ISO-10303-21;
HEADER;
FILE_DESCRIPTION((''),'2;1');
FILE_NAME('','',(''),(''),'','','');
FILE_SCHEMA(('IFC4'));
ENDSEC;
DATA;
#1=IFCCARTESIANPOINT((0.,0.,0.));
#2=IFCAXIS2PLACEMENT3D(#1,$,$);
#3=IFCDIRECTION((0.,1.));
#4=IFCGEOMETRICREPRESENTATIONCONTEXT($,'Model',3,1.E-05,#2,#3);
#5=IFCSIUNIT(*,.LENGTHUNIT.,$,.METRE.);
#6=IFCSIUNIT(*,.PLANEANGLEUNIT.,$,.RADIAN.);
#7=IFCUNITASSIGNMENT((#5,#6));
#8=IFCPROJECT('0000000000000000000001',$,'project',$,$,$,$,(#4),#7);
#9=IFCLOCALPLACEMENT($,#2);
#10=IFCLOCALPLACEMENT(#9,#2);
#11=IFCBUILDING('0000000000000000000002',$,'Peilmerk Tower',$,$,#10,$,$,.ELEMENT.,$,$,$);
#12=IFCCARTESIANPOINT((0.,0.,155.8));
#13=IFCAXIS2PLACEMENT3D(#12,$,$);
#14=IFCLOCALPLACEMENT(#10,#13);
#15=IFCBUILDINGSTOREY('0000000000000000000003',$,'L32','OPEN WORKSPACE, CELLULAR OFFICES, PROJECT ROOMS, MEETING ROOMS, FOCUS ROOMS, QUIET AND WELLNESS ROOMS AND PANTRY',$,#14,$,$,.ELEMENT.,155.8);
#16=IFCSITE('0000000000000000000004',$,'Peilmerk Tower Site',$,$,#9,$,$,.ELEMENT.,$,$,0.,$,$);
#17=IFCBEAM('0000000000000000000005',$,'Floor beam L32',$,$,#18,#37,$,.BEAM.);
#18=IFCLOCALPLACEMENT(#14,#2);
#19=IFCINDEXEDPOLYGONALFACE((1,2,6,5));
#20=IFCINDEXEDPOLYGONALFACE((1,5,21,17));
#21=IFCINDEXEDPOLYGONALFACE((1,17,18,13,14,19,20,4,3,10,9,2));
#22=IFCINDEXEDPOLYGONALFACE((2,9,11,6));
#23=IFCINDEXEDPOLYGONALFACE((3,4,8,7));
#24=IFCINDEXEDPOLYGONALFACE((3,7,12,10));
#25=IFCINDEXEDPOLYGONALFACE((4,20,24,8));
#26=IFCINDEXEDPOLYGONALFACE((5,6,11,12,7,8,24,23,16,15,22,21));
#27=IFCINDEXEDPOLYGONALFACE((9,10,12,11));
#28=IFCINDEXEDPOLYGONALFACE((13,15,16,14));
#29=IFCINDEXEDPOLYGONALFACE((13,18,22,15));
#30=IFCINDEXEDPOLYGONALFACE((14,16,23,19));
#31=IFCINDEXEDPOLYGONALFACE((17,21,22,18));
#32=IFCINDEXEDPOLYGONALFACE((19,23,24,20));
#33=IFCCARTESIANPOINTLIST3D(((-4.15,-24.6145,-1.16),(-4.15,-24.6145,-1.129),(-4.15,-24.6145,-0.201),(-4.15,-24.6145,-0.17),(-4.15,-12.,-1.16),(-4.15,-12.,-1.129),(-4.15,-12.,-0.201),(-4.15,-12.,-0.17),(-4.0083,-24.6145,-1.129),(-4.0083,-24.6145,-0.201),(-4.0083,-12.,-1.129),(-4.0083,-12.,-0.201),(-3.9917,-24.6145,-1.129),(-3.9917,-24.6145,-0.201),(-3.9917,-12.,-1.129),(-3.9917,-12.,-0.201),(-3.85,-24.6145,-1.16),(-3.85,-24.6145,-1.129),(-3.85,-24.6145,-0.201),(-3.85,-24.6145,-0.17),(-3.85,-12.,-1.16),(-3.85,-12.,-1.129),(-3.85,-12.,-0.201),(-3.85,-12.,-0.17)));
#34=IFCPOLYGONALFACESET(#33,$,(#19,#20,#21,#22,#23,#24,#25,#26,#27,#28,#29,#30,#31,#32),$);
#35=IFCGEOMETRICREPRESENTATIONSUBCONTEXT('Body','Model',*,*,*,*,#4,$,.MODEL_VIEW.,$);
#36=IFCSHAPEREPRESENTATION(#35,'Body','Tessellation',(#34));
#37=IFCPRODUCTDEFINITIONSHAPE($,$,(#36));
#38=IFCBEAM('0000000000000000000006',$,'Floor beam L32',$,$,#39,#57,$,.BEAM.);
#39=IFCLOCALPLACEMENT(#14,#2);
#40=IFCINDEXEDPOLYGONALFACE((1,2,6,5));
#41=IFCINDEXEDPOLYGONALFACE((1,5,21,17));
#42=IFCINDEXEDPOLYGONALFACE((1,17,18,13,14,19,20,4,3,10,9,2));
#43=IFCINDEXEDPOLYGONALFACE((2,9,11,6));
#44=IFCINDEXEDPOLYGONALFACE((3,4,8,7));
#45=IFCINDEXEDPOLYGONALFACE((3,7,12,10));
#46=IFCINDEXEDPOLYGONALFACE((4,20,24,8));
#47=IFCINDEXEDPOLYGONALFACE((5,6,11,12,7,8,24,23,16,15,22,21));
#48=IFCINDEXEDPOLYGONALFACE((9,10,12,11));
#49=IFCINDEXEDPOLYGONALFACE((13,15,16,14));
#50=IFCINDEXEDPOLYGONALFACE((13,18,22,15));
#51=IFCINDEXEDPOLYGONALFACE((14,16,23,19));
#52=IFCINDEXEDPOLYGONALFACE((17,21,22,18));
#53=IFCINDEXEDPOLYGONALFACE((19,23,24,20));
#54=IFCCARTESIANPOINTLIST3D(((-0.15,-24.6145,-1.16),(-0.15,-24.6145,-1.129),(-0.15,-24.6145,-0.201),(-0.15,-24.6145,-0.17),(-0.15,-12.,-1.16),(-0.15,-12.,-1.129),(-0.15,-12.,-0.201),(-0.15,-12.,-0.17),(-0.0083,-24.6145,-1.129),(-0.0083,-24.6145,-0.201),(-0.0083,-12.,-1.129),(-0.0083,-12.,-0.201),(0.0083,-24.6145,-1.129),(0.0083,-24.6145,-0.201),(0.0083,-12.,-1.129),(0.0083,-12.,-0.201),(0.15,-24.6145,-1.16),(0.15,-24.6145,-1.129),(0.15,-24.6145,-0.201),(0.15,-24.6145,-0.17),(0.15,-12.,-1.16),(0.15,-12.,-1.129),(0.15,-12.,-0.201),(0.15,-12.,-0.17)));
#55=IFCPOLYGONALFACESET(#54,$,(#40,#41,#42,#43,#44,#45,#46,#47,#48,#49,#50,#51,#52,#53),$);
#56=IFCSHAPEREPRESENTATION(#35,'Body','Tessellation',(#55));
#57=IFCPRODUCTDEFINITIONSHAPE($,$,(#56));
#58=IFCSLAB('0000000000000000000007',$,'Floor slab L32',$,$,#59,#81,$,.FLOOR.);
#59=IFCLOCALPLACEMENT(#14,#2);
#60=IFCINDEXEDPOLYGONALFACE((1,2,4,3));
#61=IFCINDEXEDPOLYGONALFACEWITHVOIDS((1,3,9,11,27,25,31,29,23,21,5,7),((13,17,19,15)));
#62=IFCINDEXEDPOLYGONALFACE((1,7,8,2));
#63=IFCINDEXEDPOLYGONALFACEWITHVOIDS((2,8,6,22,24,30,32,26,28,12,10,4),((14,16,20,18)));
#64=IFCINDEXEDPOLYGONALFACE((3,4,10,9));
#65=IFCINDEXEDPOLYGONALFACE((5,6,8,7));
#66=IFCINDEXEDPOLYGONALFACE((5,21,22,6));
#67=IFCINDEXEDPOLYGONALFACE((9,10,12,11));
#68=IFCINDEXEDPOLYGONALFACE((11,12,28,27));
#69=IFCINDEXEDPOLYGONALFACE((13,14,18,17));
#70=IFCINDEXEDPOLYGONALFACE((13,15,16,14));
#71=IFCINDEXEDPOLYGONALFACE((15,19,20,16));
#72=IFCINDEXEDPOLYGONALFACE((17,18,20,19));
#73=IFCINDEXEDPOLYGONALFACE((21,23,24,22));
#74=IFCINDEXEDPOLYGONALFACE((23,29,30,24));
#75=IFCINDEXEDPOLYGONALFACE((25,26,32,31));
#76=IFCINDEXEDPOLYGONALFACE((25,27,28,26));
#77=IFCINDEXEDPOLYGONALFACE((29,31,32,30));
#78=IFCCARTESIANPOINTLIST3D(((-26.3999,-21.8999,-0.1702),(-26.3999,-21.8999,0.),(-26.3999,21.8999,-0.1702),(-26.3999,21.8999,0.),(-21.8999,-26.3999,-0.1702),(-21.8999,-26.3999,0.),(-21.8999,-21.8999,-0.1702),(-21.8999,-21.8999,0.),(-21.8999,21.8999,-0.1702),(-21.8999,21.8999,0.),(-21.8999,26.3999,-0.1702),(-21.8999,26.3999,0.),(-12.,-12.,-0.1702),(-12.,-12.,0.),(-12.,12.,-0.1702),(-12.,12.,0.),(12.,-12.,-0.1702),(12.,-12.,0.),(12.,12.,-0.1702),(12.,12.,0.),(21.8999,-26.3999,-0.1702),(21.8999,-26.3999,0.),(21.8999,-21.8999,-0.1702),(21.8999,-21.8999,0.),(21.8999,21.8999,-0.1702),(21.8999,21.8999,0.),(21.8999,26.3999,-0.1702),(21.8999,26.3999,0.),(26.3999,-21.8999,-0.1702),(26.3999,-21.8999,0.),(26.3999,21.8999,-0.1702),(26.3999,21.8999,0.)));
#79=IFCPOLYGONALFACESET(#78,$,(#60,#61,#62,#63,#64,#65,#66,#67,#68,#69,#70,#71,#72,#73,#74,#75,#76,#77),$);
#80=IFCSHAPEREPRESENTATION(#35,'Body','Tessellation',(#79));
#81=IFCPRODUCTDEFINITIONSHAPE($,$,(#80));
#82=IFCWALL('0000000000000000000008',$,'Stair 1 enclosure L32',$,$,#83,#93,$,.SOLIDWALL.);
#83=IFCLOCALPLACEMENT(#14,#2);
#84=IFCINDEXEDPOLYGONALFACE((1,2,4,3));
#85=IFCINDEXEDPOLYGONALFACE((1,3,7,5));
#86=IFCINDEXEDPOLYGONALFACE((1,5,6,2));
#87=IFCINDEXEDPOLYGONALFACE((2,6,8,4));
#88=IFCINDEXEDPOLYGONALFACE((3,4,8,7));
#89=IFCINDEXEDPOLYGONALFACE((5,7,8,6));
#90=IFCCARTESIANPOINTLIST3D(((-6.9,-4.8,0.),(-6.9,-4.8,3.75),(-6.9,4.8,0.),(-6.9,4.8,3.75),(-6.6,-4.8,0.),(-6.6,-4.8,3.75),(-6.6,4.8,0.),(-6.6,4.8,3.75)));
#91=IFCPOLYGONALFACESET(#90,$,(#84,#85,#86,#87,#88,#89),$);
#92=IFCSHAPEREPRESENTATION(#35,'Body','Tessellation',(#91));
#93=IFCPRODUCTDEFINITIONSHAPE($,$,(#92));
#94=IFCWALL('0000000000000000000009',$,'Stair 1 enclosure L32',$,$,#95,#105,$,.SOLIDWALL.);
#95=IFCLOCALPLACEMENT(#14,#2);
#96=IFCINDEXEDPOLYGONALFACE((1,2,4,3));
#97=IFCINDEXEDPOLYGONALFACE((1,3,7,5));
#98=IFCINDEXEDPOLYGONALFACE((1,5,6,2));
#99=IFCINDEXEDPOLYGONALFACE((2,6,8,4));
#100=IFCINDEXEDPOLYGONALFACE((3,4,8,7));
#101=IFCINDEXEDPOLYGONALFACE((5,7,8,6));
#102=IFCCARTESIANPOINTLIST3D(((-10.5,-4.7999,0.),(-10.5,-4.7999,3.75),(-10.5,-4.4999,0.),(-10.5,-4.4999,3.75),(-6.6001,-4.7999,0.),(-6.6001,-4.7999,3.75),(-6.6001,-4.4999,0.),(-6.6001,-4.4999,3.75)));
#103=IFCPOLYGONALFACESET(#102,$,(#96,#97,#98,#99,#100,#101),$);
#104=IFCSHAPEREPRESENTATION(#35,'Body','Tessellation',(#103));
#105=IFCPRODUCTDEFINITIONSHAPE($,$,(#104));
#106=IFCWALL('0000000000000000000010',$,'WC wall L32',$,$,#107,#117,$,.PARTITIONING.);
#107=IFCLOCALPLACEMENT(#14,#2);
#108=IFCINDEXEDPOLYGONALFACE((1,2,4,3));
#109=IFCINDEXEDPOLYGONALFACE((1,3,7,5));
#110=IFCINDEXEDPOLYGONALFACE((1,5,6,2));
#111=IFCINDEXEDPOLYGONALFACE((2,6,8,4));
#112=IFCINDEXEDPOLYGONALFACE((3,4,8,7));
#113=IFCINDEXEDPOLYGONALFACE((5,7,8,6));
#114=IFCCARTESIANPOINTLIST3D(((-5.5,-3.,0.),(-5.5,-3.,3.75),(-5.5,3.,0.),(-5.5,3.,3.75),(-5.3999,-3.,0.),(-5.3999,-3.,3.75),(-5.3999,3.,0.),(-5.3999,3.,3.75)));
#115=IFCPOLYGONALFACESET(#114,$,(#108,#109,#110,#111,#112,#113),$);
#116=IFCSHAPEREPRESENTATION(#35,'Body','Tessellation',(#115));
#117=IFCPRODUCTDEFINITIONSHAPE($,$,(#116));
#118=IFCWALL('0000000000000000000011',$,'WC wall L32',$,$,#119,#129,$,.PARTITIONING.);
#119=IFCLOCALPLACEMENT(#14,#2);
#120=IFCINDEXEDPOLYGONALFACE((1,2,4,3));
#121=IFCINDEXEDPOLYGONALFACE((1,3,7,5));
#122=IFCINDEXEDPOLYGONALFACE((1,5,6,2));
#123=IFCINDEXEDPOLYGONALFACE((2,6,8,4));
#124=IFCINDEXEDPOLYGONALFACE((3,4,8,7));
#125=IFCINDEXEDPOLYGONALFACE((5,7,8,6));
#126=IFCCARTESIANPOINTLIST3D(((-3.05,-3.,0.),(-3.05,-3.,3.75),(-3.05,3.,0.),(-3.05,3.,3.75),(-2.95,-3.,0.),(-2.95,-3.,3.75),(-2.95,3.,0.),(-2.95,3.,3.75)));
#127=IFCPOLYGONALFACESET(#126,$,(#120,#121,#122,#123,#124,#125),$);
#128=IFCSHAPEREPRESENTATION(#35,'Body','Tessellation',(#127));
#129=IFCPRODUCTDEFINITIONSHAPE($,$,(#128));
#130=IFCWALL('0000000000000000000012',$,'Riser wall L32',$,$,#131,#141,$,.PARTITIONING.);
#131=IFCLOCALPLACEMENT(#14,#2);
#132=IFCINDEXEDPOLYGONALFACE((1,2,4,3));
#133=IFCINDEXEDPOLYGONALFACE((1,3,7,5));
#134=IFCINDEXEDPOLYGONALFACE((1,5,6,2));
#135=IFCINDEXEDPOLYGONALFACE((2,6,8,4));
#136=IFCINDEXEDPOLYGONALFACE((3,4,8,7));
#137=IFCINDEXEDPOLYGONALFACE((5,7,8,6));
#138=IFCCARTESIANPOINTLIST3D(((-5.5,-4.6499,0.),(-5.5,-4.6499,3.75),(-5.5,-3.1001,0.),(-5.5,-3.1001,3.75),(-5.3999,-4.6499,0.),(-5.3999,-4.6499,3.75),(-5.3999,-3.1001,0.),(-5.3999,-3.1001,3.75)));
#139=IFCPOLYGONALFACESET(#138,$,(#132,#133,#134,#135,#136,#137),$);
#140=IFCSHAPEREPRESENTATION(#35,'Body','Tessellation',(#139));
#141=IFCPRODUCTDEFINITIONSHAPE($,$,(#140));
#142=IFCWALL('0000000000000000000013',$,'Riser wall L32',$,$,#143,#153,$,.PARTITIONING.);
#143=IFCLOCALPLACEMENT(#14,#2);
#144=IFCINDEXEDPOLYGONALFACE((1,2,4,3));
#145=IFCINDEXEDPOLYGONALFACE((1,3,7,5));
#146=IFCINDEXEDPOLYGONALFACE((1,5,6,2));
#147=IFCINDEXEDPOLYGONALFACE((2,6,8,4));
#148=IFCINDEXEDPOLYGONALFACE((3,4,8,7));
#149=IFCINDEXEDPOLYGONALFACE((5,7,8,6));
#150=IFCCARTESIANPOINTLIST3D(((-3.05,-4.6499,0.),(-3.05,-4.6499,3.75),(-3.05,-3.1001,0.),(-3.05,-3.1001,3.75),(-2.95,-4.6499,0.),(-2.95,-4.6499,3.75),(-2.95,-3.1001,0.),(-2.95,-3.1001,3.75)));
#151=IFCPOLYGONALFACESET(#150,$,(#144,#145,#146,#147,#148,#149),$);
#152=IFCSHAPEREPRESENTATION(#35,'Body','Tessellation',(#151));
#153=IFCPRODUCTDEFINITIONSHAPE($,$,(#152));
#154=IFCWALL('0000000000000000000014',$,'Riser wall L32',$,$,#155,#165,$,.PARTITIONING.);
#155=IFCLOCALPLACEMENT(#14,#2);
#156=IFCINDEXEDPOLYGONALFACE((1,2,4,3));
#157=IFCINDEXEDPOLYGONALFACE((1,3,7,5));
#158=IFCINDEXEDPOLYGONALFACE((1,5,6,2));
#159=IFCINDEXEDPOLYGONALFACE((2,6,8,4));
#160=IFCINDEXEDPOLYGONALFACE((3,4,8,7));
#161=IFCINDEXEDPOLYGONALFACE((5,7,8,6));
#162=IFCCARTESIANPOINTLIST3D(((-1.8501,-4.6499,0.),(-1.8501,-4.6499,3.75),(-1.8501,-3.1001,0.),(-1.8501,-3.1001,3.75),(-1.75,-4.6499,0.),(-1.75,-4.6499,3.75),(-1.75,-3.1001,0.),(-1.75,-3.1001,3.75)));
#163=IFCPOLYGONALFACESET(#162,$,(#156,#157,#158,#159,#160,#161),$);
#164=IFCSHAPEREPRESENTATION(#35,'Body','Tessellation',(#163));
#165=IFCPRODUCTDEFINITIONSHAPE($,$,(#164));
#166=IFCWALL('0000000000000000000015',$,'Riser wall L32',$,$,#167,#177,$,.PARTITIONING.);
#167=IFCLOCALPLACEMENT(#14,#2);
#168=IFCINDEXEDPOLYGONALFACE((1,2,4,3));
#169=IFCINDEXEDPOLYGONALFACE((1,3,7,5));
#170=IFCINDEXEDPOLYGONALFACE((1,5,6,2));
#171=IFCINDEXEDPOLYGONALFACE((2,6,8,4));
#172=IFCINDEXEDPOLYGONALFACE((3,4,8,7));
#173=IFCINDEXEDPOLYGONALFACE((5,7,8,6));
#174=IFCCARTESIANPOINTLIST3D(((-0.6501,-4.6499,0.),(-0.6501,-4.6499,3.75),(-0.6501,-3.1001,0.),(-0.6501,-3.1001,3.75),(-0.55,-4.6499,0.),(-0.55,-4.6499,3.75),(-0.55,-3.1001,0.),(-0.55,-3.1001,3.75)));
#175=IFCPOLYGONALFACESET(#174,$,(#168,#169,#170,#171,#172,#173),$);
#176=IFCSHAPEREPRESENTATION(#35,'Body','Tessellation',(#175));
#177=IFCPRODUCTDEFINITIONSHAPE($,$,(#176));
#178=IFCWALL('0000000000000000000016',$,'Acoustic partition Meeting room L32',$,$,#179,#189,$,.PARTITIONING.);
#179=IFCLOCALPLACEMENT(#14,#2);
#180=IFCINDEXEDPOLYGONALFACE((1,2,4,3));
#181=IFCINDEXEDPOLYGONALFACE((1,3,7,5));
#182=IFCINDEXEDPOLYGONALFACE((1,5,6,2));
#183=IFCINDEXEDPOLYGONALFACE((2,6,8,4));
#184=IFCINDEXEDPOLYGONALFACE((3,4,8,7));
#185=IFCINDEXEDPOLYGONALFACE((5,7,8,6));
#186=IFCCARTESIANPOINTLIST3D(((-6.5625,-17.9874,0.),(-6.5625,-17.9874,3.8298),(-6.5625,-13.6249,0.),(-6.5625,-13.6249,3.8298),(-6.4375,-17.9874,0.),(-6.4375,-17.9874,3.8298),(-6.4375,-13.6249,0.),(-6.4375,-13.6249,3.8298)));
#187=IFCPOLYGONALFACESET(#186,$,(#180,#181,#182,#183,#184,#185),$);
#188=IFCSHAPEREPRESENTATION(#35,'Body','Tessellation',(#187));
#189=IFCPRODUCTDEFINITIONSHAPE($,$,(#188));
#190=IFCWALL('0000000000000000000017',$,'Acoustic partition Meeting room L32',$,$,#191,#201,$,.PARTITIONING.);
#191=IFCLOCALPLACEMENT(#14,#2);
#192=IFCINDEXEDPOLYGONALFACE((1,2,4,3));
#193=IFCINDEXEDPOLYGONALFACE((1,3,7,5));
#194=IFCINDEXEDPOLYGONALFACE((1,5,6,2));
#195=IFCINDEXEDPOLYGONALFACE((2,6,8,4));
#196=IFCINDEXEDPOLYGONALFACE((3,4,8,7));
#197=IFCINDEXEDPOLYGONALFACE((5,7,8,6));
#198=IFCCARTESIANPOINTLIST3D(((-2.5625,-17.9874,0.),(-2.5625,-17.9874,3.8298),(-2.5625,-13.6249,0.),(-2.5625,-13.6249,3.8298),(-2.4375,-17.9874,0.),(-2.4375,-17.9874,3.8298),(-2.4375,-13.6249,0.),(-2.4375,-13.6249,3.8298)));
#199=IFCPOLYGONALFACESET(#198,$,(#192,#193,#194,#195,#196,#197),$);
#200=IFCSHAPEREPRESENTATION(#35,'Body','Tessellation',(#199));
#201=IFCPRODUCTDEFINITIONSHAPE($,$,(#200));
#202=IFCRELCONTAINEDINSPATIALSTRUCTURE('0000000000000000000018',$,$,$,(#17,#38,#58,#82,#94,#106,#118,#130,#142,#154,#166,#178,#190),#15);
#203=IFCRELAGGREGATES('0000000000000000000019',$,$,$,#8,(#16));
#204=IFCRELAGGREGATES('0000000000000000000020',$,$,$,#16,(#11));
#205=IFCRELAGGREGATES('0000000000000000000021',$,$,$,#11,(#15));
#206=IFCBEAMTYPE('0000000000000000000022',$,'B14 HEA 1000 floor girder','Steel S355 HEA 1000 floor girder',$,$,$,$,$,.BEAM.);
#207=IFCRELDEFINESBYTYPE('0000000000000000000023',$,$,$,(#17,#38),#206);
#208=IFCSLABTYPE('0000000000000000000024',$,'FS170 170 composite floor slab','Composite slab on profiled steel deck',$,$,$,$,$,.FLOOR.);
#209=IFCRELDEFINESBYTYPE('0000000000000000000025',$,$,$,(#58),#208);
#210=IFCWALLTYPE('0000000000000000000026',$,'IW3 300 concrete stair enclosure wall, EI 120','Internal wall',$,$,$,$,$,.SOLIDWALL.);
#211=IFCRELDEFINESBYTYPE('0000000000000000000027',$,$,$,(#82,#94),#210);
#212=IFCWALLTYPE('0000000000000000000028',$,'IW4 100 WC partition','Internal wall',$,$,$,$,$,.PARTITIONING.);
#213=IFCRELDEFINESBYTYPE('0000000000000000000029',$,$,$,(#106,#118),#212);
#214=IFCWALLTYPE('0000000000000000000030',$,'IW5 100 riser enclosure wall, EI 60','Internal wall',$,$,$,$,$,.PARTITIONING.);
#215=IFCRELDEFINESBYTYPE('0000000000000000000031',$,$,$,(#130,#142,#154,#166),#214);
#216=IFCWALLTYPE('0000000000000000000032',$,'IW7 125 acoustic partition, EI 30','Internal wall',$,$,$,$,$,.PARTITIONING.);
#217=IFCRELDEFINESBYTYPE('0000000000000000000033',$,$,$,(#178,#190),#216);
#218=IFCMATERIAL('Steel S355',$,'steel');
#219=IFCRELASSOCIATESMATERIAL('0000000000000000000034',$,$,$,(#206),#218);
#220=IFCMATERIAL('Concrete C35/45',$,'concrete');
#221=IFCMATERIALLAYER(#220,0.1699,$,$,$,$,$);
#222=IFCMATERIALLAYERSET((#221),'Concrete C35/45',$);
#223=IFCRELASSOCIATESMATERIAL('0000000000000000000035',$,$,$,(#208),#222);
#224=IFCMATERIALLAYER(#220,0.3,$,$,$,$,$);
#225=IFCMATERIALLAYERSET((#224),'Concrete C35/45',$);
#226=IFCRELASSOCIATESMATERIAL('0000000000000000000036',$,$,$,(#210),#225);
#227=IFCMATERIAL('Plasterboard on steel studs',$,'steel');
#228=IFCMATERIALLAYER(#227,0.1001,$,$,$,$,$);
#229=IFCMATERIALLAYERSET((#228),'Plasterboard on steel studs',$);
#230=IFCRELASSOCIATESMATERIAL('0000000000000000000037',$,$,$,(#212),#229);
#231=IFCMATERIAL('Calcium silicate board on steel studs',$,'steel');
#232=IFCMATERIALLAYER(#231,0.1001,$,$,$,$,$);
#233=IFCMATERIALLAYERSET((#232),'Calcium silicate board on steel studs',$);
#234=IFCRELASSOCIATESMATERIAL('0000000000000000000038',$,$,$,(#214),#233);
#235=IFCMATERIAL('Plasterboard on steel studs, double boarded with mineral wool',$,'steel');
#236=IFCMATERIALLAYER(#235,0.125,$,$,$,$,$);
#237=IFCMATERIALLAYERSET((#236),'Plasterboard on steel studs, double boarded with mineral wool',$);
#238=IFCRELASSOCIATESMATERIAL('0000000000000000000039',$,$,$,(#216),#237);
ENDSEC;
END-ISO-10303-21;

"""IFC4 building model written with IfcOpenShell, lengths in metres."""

from ifc_helpers import new_model, si_unit, direction, frame, frame_2d, origin, origin_2d, place, context, subcontext, project, spatial, polyline, rectangle, i_section, outline, extrude, material, layer, layer_set, material_profile, profile_set, type_object, element, save


model = new_model("IFC4")

# Units and contexts
model_context = context("Model", 3, precision=1e-05, world=origin(), true_north=direction((0.0, 1.0)))
body_context = subcontext(model_context, "Body", "Model", "MODEL_VIEW")
ifc_project = project(units=[si_unit("LENGTHUNIT", "METRE"), si_unit("PLANEANGLEUNIT", "RADIAN")], contexts=[model_context])

# Site, building, storey
site_placement = place(None, origin())
site = spatial("IfcSite", under=ifc_project, at=site_placement, Name="Peilmerk Tower Site", CompositionType="ELEMENT", RefElevation=0.0)
building_placement = place(site_placement, origin())
building = spatial("IfcBuilding", under=site, at=building_placement, Name="Peilmerk Tower", CompositionType="ELEMENT")
storey_placement = place(building_placement, frame((0.0, 0.0, 155.8)))
storey = spatial("IfcBuildingStorey", under=building, at=storey_placement, Name="L32", Description="OPEN WORKSPACE, CELLULAR OFFICES, PROJECT ROOMS, MEETING ROOMS, FOCUS ROOMS, QUIET AND WELLNESS ROOMS AND PANTRY", CompositionType="ELEMENT", Elevation=155.8)

# Beams
ifc_material_1 = material(Name="Steel S355", Category="steel")
ifc_material_profile = material_profile(ifc_material_1, i_section(OverallWidth=0.3, OverallDepth=0.99, WebThickness=0.0166, FlangeThickness=0.031, at=origin_2d()), Name="HEA 1000")
ifc_profile_set = profile_set([ifc_material_profile], Name="Steel S355")
beam_type = type_object("IfcBeamType", Name="B14 HEA 1000 floor girder", Description="Steel S355 HEA 1000 floor girder", PredefinedType="BEAM", material=ifc_profile_set)
for number, where, z_axis, x_axis, name in (
    (1, (-4.0, -12.0, -0.665), (0.0, -1.0, 0.0), (1.0, 0.0, 0.0), "Floor beam L32"),
    (2, (0.0, -12.0, -0.665), (0.0, -1.0, 0.0), (1.0, 0.0, 0.0), "Floor beam L32"),
):
    element("IfcBeam", number, at=place(storey_placement, frame(where, z_axis=z_axis, x_axis=x_axis)), inside=storey, type_object=beam_type, Name=name, PredefinedType="BEAM", context=body_context, shape_type="SweptSolid", body=[
        extrude(i_section(OverallWidth=0.3, OverallDepth=0.99, WebThickness=0.0166, FlangeThickness=0.031, at=origin_2d()), origin(), (0.0, 0.0, 1.0), 12.6145),
    ])

# Slab
ifc_material_2 = material(Name="Concrete C35/45", Category="concrete")
ifc_layer_1 = layer(ifc_material_2, 0.1699)
ifc_layer_set_1 = layer_set([ifc_layer_1], Name="Concrete C35/45")
slab_type = type_object("IfcSlabType", Name="FS170 170 composite floor slab", Description="Composite slab on profiled steel deck", PredefinedType="FLOOR", material=ifc_layer_set_1)
slab_placement = place(storey_placement, frame((0.0, 0.0, -0.1702)))
element("IfcSlab", 3, at=slab_placement, inside=storey, type_object=slab_type, Name="Floor slab L32", PredefinedType="FLOOR", context=body_context, shape_type="SweptSolid", body=[
    extrude(outline(polyline([(-21.8999, -26.3999), (21.8999, -26.3999), (21.8999, -21.8999), (26.3999, -21.8999), (26.3999, 21.8999), (21.8999, 21.8999), (21.8999, 26.3999), (-21.8999, 26.3999), (-21.8999, 21.8999), (-26.3999, 21.8999), (-26.3999, -21.8999), (-21.8999, -21.8999), (-21.8999, -26.3999)]), holes=[polyline([(12.0, 12.0), (12.0, -12.0), (-12.0, -12.0), (-12.0, 12.0), (12.0, 12.0)])]), origin(), (0.0, 0.0, 1.0), 0.1702),
])

# Walls
ifc_layer_2 = layer(ifc_material_2, 0.3)
ifc_layer_set_2 = layer_set([ifc_layer_2], Name="Concrete C35/45")
wall_type_1 = type_object("IfcWallType", Name="IW3 300 concrete stair enclosure wall, EI 120", Description="Internal wall", PredefinedType="SOLIDWALL", material=ifc_layer_set_2)
wall_1_placement = place(storey_placement, frame((-6.75, -4.8, 0.0), z_axis=(0.0, 0.0, 1.0), x_axis=(0.0, 1.0, 0.0)))
element("IfcWall", 4, at=wall_1_placement, inside=storey, type_object=wall_type_1, Name="Stair 1 enclosure L32", PredefinedType="SOLIDWALL", context=body_context, shape_type="SweptSolid", body=[
    extrude(rectangle(XDim=9.6001, YDim=0.3, at=frame_2d((4.8, 0.0))), origin(), (0.0, 0.0, 1.0), 3.75),
])
wall_2_placement = place(storey_placement, frame((-6.6001, -4.6499, 0.0), z_axis=(0.0, 0.0, 1.0), x_axis=(-1.0, 0.0, 0.0)))
element("IfcWall", 5, at=wall_2_placement, inside=storey, type_object=wall_type_1, Name="Stair 1 enclosure L32", PredefinedType="SOLIDWALL", context=body_context, shape_type="SweptSolid", body=[
    extrude(rectangle(XDim=3.8999, YDim=0.3, at=frame_2d((1.95, 0.0))), origin(), (0.0, 0.0, 1.0), 3.75),
])
ifc_material_3 = material(Name="Plasterboard on steel studs", Category="steel")
ifc_layer_3 = layer(ifc_material_3, 0.1001)
ifc_layer_set_3 = layer_set([ifc_layer_3], Name="Plasterboard on steel studs")
wall_type_2 = type_object("IfcWallType", Name="IW4 100 WC partition", Description="Internal wall", PredefinedType="PARTITIONING", material=ifc_layer_set_3)
for number, where, z_axis, x_axis, name in (
    (6, (-5.45, -3.0, 0.0), (0.0, 0.0, 1.0), (0.0, 1.0, 0.0), "WC wall L32"),
    (7, (-3.0, -3.0, 0.0), (0.0, 0.0, 1.0), (0.0, 1.0, 0.0), "WC wall L32"),
):
    element("IfcWall", number, at=place(storey_placement, frame(where, z_axis=z_axis, x_axis=x_axis)), inside=storey, type_object=wall_type_2, Name=name, PredefinedType="PARTITIONING", context=body_context, shape_type="SweptSolid", body=[
        extrude(rectangle(XDim=6.0, YDim=0.1001, at=frame_2d((3.0, 0.0))), origin(), (0.0, 0.0, 1.0), 3.75),
    ])
ifc_material_4 = material(Name="Calcium silicate board on steel studs", Category="steel")
ifc_layer_4 = layer(ifc_material_4, 0.1001)
ifc_layer_set_4 = layer_set([ifc_layer_4], Name="Calcium silicate board on steel studs")
wall_type_3 = type_object("IfcWallType", Name="IW5 100 riser enclosure wall, EI 60", Description="Internal wall", PredefinedType="PARTITIONING", material=ifc_layer_set_4)
for number, where, z_axis, x_axis, name in (
    (8, (-5.45, -3.1001, 0.0), (0.0, 0.0, 1.0), (0.0, -1.0, 0.0), "Riser wall L32"),
    (9, (-3.0, -3.1001, 0.0), (0.0, 0.0, 1.0), (0.0, -1.0, 0.0), "Riser wall L32"),
    (10, (-1.8, -3.1001, 0.0), (0.0, 0.0, 1.0), (0.0, -1.0, 0.0), "Riser wall L32"),
    (11, (-0.6001, -3.1001, 0.0), (0.0, 0.0, 1.0), (0.0, -1.0, 0.0), "Riser wall L32"),
):
    element("IfcWall", number, at=place(storey_placement, frame(where, z_axis=z_axis, x_axis=x_axis)), inside=storey, type_object=wall_type_3, Name=name, PredefinedType="PARTITIONING", context=body_context, shape_type="SweptSolid", body=[
        extrude(rectangle(XDim=1.5498, YDim=0.1001, at=frame_2d((0.7749, 0.0))), origin(), (0.0, 0.0, 1.0), 3.75),
    ])
ifc_material_5 = material(Name="Plasterboard on steel studs, double boarded with mineral wool", Category="steel")
ifc_layer_5 = layer(ifc_material_5, 0.125)
ifc_layer_set_5 = layer_set([ifc_layer_5], Name="Plasterboard on steel studs, double boarded with mineral wool")
wall_type_4 = type_object("IfcWallType", Name="IW7 125 acoustic partition, EI 30", Description="Internal wall", PredefinedType="PARTITIONING", material=ifc_layer_set_5)
for number, where, z_axis, x_axis, name in (
    (12, (-6.5, -13.625, 0.0), (0.0, 0.0, 1.0), (0.0, -1.0, 0.0), "Acoustic partition Meeting room L32"),
    (13, (-2.5, -13.625, 0.0), (0.0, 0.0, 1.0), (0.0, -1.0, 0.0), "Acoustic partition Meeting room L32"),
):
    element("IfcWall", number, at=place(storey_placement, frame(where, z_axis=z_axis, x_axis=x_axis)), inside=storey, type_object=wall_type_4, Name=name, PredefinedType="PARTITIONING", context=body_context, shape_type="SweptSolid", body=[
        extrude(rectangle(XDim=4.3625, YDim=0.125, at=frame_2d((2.1812, 0.0))), origin(), (0.0, 0.0, 1.0), 3.8298),
    ])

save(model, "model.ifc")
